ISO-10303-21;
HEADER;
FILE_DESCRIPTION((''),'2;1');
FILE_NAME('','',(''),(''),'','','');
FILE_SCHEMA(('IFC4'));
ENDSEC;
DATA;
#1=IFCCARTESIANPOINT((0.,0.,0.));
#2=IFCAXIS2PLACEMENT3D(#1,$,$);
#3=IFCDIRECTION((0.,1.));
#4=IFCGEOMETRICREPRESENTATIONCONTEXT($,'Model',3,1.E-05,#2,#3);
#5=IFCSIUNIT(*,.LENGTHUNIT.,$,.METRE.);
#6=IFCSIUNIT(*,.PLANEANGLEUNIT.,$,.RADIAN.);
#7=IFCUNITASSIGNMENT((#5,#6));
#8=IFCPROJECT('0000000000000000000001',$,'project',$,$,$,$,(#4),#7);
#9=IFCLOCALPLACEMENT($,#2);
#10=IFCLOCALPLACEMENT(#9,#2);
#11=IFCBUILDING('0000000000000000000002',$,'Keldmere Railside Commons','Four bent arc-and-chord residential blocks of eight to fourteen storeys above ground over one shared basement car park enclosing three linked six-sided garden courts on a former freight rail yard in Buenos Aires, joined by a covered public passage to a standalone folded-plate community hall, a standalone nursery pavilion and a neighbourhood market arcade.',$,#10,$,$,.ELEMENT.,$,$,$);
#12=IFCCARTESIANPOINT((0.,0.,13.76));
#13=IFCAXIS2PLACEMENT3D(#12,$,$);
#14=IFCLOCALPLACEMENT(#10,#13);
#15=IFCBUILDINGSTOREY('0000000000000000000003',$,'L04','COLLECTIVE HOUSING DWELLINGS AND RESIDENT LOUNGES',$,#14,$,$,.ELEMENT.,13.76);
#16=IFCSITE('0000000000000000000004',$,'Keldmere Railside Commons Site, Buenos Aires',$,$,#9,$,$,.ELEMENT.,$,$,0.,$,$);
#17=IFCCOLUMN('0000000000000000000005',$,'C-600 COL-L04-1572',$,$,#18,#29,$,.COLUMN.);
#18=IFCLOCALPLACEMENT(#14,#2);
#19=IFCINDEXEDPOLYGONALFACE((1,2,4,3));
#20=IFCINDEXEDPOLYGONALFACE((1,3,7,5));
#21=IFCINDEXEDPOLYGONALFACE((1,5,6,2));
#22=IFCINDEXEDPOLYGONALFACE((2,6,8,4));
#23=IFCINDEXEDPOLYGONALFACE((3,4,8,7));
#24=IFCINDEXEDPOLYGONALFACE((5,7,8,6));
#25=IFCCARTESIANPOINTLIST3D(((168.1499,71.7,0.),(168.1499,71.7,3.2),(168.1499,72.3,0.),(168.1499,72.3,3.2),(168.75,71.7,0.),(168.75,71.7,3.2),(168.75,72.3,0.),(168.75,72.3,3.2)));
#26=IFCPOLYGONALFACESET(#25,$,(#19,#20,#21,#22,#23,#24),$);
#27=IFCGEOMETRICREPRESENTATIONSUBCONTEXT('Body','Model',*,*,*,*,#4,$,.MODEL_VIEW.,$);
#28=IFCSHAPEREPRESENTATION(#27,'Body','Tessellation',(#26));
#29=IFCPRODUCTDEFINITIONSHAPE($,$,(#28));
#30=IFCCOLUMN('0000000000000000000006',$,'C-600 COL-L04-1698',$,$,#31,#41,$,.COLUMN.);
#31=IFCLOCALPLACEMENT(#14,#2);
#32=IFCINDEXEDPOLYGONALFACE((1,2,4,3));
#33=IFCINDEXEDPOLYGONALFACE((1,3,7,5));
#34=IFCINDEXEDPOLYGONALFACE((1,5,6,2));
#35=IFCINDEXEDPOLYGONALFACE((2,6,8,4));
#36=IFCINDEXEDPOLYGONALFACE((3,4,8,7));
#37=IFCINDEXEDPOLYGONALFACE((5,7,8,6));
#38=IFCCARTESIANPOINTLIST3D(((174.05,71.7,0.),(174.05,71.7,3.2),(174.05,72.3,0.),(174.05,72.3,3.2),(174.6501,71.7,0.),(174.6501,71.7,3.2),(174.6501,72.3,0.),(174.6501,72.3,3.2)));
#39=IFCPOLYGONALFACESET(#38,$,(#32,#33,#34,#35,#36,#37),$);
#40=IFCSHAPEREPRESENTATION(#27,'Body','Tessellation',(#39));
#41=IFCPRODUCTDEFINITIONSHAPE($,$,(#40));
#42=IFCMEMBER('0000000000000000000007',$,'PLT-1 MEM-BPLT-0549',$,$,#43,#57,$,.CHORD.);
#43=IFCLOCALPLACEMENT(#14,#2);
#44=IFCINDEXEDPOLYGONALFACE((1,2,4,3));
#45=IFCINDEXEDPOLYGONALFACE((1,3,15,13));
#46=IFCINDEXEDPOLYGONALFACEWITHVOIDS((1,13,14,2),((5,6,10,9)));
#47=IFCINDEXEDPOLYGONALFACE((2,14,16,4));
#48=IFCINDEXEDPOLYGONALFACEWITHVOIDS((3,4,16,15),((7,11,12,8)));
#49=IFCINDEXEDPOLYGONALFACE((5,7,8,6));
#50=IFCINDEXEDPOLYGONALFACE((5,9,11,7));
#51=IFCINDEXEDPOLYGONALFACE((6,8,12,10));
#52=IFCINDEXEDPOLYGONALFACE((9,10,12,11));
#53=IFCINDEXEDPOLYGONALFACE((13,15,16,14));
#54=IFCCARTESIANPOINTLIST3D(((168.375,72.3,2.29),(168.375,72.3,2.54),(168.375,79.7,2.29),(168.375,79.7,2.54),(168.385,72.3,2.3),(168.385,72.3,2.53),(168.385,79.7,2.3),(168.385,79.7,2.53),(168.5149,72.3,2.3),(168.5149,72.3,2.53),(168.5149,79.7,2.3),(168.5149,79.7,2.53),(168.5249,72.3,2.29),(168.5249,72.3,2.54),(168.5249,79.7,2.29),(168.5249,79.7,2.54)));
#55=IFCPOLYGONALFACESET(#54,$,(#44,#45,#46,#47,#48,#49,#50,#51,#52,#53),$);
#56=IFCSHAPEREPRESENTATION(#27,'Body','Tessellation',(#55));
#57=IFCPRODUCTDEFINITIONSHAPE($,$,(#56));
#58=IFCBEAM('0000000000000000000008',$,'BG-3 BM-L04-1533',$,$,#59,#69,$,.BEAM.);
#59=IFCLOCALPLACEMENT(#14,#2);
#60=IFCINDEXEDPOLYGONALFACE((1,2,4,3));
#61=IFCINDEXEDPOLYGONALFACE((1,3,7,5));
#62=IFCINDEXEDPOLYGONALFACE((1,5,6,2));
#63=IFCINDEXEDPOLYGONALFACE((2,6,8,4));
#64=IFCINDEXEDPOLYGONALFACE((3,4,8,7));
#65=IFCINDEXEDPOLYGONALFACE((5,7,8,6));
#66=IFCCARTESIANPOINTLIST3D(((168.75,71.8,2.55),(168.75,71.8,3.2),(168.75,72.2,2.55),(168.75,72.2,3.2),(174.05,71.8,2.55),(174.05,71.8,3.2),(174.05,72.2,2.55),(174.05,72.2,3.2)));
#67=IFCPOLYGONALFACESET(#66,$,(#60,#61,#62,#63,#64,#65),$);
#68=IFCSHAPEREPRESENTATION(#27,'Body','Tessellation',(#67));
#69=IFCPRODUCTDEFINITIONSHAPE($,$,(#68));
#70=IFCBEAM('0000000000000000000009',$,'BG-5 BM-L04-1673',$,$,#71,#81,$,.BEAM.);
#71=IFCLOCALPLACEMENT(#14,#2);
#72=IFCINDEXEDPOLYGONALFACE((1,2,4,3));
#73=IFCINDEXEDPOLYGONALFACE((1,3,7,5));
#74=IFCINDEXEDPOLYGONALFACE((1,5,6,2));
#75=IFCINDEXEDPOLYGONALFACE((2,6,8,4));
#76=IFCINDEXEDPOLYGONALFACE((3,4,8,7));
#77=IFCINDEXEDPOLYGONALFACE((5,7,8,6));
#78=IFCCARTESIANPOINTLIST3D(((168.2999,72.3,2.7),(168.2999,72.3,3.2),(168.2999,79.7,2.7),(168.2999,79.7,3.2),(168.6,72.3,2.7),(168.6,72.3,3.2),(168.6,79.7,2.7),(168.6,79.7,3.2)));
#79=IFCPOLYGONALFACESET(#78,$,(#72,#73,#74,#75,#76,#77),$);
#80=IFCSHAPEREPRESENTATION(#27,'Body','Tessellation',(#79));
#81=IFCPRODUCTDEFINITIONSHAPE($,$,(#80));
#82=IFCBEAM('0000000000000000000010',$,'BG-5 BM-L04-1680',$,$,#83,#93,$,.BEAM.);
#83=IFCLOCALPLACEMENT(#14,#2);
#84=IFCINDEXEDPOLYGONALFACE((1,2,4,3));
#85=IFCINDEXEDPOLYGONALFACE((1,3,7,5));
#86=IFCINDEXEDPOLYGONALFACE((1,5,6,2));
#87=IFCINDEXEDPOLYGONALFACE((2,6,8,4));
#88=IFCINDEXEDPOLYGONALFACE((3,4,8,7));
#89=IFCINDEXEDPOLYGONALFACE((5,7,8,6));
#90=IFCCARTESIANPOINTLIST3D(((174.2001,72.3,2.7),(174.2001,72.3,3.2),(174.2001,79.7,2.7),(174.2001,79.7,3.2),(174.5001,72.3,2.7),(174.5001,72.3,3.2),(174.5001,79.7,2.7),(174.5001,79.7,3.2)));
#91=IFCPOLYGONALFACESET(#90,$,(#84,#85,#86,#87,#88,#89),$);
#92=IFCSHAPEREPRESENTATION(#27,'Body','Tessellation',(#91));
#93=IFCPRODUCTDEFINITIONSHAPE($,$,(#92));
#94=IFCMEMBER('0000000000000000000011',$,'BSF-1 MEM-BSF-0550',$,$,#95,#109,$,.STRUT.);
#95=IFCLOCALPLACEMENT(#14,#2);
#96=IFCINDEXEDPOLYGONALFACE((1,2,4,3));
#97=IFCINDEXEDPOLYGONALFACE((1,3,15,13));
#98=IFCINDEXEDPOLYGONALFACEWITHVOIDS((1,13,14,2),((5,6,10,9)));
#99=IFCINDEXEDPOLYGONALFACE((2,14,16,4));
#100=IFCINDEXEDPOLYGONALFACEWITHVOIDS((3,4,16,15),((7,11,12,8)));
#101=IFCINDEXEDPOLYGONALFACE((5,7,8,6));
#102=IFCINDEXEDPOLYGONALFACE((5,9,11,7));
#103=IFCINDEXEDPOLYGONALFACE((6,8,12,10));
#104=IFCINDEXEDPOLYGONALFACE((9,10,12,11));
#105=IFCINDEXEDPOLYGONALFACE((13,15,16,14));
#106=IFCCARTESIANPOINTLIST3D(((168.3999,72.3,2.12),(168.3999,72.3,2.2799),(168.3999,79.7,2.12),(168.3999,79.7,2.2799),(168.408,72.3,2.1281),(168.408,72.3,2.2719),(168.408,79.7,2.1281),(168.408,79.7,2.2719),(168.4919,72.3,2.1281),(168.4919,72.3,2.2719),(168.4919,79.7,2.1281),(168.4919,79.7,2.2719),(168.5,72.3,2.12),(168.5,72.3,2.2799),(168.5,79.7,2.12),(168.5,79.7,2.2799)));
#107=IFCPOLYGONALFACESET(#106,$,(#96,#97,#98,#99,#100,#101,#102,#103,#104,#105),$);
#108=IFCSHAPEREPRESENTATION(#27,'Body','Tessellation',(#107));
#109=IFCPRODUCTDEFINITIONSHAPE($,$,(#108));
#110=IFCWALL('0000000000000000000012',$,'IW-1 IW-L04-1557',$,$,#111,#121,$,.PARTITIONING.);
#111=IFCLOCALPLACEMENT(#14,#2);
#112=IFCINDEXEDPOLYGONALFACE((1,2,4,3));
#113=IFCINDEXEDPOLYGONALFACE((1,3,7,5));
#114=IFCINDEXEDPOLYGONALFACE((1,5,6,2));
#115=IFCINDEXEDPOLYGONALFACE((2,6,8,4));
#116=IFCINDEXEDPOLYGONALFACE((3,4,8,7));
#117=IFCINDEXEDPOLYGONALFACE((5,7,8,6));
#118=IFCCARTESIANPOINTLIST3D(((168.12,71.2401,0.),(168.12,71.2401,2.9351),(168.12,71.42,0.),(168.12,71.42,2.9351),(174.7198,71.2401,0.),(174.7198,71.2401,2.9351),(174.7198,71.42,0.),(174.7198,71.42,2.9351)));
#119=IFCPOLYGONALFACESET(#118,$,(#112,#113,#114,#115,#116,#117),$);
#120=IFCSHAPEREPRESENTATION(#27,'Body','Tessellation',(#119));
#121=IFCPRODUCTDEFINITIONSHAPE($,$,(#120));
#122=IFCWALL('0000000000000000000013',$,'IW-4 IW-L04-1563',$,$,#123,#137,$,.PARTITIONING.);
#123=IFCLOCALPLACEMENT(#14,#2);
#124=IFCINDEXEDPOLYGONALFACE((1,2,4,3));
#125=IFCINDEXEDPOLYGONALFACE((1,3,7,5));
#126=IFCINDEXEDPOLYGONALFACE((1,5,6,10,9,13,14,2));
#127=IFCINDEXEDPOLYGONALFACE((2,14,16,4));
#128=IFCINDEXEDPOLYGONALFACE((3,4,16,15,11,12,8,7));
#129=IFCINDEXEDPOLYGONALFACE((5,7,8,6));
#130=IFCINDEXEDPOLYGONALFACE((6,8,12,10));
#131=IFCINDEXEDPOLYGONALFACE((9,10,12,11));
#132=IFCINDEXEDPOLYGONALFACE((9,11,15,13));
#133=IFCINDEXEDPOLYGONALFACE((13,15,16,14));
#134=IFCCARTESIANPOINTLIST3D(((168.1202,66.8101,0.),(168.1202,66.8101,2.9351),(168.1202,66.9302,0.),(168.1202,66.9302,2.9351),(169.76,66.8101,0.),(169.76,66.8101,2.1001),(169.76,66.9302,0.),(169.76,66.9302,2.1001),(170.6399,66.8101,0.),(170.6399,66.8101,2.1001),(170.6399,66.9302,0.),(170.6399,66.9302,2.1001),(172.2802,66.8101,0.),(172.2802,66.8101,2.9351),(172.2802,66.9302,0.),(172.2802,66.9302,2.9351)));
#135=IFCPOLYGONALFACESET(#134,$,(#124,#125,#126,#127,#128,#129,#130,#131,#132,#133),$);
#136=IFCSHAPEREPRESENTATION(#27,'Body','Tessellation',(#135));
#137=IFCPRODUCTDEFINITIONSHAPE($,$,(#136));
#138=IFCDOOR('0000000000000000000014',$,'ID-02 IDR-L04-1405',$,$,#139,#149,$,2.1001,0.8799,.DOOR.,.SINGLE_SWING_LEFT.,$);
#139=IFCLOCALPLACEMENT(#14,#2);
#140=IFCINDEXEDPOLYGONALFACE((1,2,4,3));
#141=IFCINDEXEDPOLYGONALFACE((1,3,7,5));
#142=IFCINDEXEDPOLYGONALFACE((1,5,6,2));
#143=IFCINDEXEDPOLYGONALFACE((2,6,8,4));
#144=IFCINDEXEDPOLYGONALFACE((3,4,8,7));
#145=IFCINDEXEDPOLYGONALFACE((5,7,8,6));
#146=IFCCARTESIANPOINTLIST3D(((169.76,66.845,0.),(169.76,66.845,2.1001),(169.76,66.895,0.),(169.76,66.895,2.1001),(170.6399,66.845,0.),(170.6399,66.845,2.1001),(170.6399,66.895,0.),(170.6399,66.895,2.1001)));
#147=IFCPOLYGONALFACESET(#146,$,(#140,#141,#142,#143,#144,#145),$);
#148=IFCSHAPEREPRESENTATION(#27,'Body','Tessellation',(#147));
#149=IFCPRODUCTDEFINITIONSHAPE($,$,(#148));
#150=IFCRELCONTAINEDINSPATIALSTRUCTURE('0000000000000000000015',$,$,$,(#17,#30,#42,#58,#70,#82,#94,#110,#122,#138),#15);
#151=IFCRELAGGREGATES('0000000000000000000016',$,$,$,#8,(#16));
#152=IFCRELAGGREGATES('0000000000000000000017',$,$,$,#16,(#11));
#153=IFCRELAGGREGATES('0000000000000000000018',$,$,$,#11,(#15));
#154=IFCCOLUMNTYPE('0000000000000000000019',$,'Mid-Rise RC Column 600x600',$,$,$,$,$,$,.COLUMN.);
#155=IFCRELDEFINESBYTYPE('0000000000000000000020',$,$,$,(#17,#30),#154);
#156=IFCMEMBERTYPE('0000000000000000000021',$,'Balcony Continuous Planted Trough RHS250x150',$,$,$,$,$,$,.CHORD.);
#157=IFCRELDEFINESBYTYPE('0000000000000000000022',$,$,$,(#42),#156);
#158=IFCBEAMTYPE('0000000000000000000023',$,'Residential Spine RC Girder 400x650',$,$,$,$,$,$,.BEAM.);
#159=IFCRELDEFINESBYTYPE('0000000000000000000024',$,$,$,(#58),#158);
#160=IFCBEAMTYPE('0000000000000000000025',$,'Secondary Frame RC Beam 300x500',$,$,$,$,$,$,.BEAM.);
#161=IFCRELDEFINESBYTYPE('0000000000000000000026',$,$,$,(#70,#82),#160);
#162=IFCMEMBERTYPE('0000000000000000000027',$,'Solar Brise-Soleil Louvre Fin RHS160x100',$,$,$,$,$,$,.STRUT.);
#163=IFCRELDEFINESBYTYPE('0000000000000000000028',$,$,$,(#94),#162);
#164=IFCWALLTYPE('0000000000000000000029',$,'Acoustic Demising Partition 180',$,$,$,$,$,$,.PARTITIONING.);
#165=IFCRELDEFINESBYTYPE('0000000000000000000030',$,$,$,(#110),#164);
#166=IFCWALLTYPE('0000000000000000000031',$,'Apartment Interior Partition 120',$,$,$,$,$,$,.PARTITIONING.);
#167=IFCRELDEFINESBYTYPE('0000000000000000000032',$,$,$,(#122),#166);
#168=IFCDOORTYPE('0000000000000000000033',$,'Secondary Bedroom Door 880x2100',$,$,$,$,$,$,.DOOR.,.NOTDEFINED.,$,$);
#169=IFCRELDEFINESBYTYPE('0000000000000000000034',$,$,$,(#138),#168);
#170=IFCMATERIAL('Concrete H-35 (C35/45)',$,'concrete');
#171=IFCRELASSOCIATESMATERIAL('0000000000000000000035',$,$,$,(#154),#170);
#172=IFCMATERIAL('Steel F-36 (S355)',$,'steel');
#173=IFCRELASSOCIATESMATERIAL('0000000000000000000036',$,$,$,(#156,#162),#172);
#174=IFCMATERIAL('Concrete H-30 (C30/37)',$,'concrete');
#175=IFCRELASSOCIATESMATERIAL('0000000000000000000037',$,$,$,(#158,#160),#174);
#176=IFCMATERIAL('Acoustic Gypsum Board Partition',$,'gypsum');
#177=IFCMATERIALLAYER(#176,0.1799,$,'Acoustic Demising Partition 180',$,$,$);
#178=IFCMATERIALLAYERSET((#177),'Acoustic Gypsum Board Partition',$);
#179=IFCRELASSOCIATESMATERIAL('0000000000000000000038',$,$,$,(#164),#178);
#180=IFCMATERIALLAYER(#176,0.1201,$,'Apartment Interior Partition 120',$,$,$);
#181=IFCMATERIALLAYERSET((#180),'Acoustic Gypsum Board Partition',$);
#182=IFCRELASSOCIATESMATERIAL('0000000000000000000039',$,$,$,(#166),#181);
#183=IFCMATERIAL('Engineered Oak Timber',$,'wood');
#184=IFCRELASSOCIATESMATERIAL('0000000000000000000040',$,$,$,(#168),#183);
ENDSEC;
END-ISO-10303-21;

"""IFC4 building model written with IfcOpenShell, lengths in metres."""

from ifc_helpers import new_model, si_unit, direction, frame, frame_2d, origin, origin_2d, place, context, subcontext, project, spatial, rectangle, hollow_rectangle, extrude, material, layer, layer_set, material_profile, profile_set, type_object, element, fill, save


model = new_model("IFC4")

# Units and contexts
model_context = context("Model", 3, precision=1e-05, world=origin(), true_north=direction((0.0, 1.0)))
body_context = subcontext(model_context, "Body", "Model", "MODEL_VIEW")
ifc_project = project(units=[si_unit("LENGTHUNIT", "METRE"), si_unit("PLANEANGLEUNIT", "RADIAN")], contexts=[model_context])

# Site, building, storey
site_placement = place(None, origin())
site = spatial("IfcSite", under=ifc_project, at=site_placement, Name="Keldmere Railside Commons Site, Buenos Aires", CompositionType="ELEMENT", RefElevation=0.0)
building_placement = place(site_placement, origin())
building = spatial("IfcBuilding", under=site, at=building_placement, Name="Keldmere Railside Commons", Description="Four bent arc-and-chord residential blocks of eight to fourteen storeys above ground over one shared basement car park enclosing three linked six-sided garden courts on a former freight rail yard in Buenos Aires, joined by a covered public passage to a standalone folded-plate community hall, a standalone nursery pavilion and a neighbourhood market arcade.", CompositionType="ELEMENT")
storey_placement = place(building_placement, frame((0.0, 0.0, 13.76)))
storey = spatial("IfcBuildingStorey", under=building, at=storey_placement, Name="L04", Description="COLLECTIVE HOUSING DWELLINGS AND RESIDENT LOUNGES", CompositionType="ELEMENT", Elevation=13.76)

# Columns
ifc_material_1 = material(Name="Concrete H-35 (C35/45)", Category="concrete")
ifc_material_profile_1 = material_profile(ifc_material_1, rectangle(XDim=0.6001, YDim=0.6001, at=origin_2d()), Name="RC-600x600")
ifc_profile_set_1 = profile_set([ifc_material_profile_1], Name="Concrete H-35 (C35/45)")
column_type = type_object("IfcColumnType", Name="Mid-Rise RC Column 600x600", PredefinedType="COLUMN", material=ifc_profile_set_1)
for number, where, z_axis, x_axis, name in (
    (1, (168.45, 72.0, 0.0), (0.0, 0.0, 1.0), (1.0, 0.0, 0.0), "C-600 COL-L04-1572"),
    (2, (174.3501, 72.0, 0.0), (0.0, 0.0, 1.0), (1.0, 0.0, 0.0), "C-600 COL-L04-1698"),
):
    element("IfcColumn", number, at=place(storey_placement, frame(where, z_axis=z_axis, x_axis=x_axis)), inside=storey, type_object=column_type, Name=name, PredefinedType="COLUMN", context=body_context, shape_type="SweptSolid", body=[
        extrude(rectangle(XDim=0.6001, YDim=0.6001, at=origin_2d()), origin(), (0.0, 0.0, 1.0), 3.2),
    ])

# Member
ifc_material_2 = material(Name="Steel F-36 (S355)", Category="steel")
ifc_material_profile_2 = material_profile(ifc_material_2, hollow_rectangle(XDim=0.1499, YDim=0.25, WallThickness=0.01, at=origin_2d()), Name="RHS-250x150x10")
ifc_profile_set_2 = profile_set([ifc_material_profile_2], Name="Steel F-36 (S355)")
member_type_1 = type_object("IfcMemberType", Name="Balcony Continuous Planted Trough RHS250x150", PredefinedType="CHORD", material=ifc_profile_set_2)
member_1_placement = place(storey_placement, frame((168.45, 72.3, 2.415), z_axis=(0.0, 1.0, 0.0), x_axis=(-1.0, 0.0, 0.0)))
element("IfcMember", 3, at=member_1_placement, inside=storey, type_object=member_type_1, Name="PLT-1 MEM-BPLT-0549", PredefinedType="CHORD", context=body_context, shape_type="SweptSolid", body=[
    extrude(hollow_rectangle(XDim=0.1499, YDim=0.25, WallThickness=0.01, at=origin_2d()), origin(), (0.0, 0.0, 1.0), 7.3999),
])

# Beams
ifc_material_3 = material(Name="Concrete H-30 (C30/37)", Category="concrete")
ifc_material_profile_3 = material_profile(ifc_material_3, rectangle(XDim=0.3999, YDim=0.6499, at=origin_2d()), Name="RC-400x650")
ifc_profile_set_3 = profile_set([ifc_material_profile_3], Name="Concrete H-30 (C30/37)")
beam_type_1 = type_object("IfcBeamType", Name="Residential Spine RC Girder 400x650", PredefinedType="BEAM", material=ifc_profile_set_3)
beam_placement = place(storey_placement, frame((168.75, 72.0, 2.875), z_axis=(1.0, 0.0, 0.0), x_axis=(0.0, 1.0, 0.0)))
element("IfcBeam", 4, at=beam_placement, inside=storey, type_object=beam_type_1, Name="BG-3 BM-L04-1533", PredefinedType="BEAM", context=body_context, shape_type="SweptSolid", body=[
    extrude(rectangle(XDim=0.3999, YDim=0.6499, at=origin_2d()), origin(), (0.0, 0.0, 1.0), 5.3),
])
ifc_material_profile_4 = material_profile(ifc_material_3, rectangle(XDim=0.3, YDim=0.5, at=origin_2d()), Name="RC-300x500")
ifc_profile_set_4 = profile_set([ifc_material_profile_4], Name="Concrete H-30 (C30/37)")
beam_type_2 = type_object("IfcBeamType", Name="Secondary Frame RC Beam 300x500", PredefinedType="BEAM", material=ifc_profile_set_4)
for number, where, z_axis, x_axis, name in (
    (5, (168.45, 72.3, 2.95), (0.0, 1.0, 0.0), (-1.0, 0.0, 0.0), "BG-5 BM-L04-1673"),
    (6, (174.3501, 72.3, 2.95), (0.0, 1.0, 0.0), (-1.0, 0.0, 0.0), "BG-5 BM-L04-1680"),
):
    element("IfcBeam", number, at=place(storey_placement, frame(where, z_axis=z_axis, x_axis=x_axis)), inside=storey, type_object=beam_type_2, Name=name, PredefinedType="BEAM", context=body_context, shape_type="SweptSolid", body=[
        extrude(rectangle(XDim=0.3, YDim=0.5, at=origin_2d()), origin(), (0.0, 0.0, 1.0), 7.3999),
    ])

# Member
ifc_material_profile_5 = material_profile(ifc_material_2, hollow_rectangle(XDim=0.1001, YDim=0.1599, WallThickness=0.0081, at=origin_2d()), Name="RHS-160x100x8")
ifc_profile_set_5 = profile_set([ifc_material_profile_5], Name="Steel F-36 (S355)")
member_type_2 = type_object("IfcMemberType", Name="Solar Brise-Soleil Louvre Fin RHS160x100", PredefinedType="STRUT", material=ifc_profile_set_5)
member_2_placement = place(storey_placement, frame((168.45, 72.3, 2.2), z_axis=(0.0, 1.0, 0.0), x_axis=(-1.0, 0.0, 0.0)))
element("IfcMember", 7, at=member_2_placement, inside=storey, type_object=member_type_2, Name="BSF-1 MEM-BSF-0550", PredefinedType="STRUT", context=body_context, shape_type="SweptSolid", body=[
    extrude(hollow_rectangle(XDim=0.1001, YDim=0.1599, WallThickness=0.0081, at=origin_2d()), origin(), (0.0, 0.0, 1.0), 7.3999),
])

# Wall
ifc_material_4 = material(Name="Acoustic Gypsum Board Partition", Category="gypsum")
ifc_layer_1 = layer(ifc_material_4, 0.1799, Name="Acoustic Demising Partition 180")
ifc_layer_set_1 = layer_set([ifc_layer_1], Name="Acoustic Gypsum Board Partition")
wall_type_1 = type_object("IfcWallType", Name="Acoustic Demising Partition 180", PredefinedType="PARTITIONING", material=ifc_layer_set_1)
wall_1_placement = place(storey_placement, frame((168.1201, 71.3301, 0.0), z_axis=(0.0, 0.0, 1.0), x_axis=(1.0, 0.0, 0.0)))
element("IfcWall", 8, at=wall_1_placement, inside=storey, type_object=wall_type_1, Name="IW-1 IW-L04-1557", PredefinedType="PARTITIONING", context=body_context, shape_type="SweptSolid", body=[
    extrude(rectangle(XDim=6.5999, YDim=0.1799, at=frame_2d((3.2998, 0.0))), origin(), (0.0, 0.0, 1.0), 2.9351),
])

# Wall, opening, door
ifc_layer_2 = layer(ifc_material_4, 0.1201, Name="Apartment Interior Partition 120")
ifc_layer_set_2 = layer_set([ifc_layer_2], Name="Acoustic Gypsum Board Partition")
wall_type_2 = type_object("IfcWallType", Name="Apartment Interior Partition 120", PredefinedType="PARTITIONING", material=ifc_layer_set_2)
wall_2_placement = place(storey_placement, frame((168.1201, 66.8701, 0.0), z_axis=(0.0, 0.0, 1.0), x_axis=(1.0, 0.0, 0.0)))
wall_2 = element("IfcWall", 9, at=wall_2_placement, inside=storey, type_object=wall_type_2, Name="IW-4 IW-L04-1563", PredefinedType="PARTITIONING", context=body_context, shape_type="SweptSolid", body=[
    extrude(rectangle(XDim=4.1599, YDim=0.1201, at=frame_2d((2.0801, 0.0))), origin(), (0.0, 0.0, 1.0), 2.9351),
])
opening_1_placement = place(wall_2_placement, frame((1.6399, 0.0, 0.0)))
opening_1 = element("IfcOpeningElement", 10, at=opening_1_placement, cuts=wall_2, PredefinedType="OPENING", context=body_context, shape_type="SweptSolid", body=[
    extrude(rectangle(XDim=0.8799, YDim=2.1001, at=frame_2d((0.4399, 1.05))), frame((0.0, 0.0701, 0.0), z_axis=(0.0, -1.0, 0.0), x_axis=(1.0, 0.0, 0.0)), (0.0, 0.0, 1.0), 0.1401),
])
ifc_material_5 = material(Name="Engineered Oak Timber", Category="wood")
door_type_1 = type_object("IfcDoorType", Name="Secondary Bedroom Door 880x2100", OperationType="NOTDEFINED", PredefinedType="DOOR", material=ifc_material_5)
door_1_placement = place(opening_1_placement, origin())
door_1 = element("IfcDoor", 11, at=door_1_placement, inside=storey, type_object=door_type_1, Name="ID-02 IDR-L04-1405", OperationType="SINGLE_SWING_LEFT", OverallHeight=2.1001, OverallWidth=0.8799, PredefinedType="DOOR", context=body_context, shape_type="SweptSolid", body=[
    extrude(rectangle(XDim=0.8799, YDim=2.1001, at=frame_2d((0.4399, 1.05))), frame((0.0, 0.0249, 0.0), z_axis=(0.0, -1.0, 0.0), x_axis=(1.0, 0.0, 0.0)), (0.0, 0.0, 1.0), 0.05),
])
fill(opening_1, door_1)

save(model, "model.ifc")
